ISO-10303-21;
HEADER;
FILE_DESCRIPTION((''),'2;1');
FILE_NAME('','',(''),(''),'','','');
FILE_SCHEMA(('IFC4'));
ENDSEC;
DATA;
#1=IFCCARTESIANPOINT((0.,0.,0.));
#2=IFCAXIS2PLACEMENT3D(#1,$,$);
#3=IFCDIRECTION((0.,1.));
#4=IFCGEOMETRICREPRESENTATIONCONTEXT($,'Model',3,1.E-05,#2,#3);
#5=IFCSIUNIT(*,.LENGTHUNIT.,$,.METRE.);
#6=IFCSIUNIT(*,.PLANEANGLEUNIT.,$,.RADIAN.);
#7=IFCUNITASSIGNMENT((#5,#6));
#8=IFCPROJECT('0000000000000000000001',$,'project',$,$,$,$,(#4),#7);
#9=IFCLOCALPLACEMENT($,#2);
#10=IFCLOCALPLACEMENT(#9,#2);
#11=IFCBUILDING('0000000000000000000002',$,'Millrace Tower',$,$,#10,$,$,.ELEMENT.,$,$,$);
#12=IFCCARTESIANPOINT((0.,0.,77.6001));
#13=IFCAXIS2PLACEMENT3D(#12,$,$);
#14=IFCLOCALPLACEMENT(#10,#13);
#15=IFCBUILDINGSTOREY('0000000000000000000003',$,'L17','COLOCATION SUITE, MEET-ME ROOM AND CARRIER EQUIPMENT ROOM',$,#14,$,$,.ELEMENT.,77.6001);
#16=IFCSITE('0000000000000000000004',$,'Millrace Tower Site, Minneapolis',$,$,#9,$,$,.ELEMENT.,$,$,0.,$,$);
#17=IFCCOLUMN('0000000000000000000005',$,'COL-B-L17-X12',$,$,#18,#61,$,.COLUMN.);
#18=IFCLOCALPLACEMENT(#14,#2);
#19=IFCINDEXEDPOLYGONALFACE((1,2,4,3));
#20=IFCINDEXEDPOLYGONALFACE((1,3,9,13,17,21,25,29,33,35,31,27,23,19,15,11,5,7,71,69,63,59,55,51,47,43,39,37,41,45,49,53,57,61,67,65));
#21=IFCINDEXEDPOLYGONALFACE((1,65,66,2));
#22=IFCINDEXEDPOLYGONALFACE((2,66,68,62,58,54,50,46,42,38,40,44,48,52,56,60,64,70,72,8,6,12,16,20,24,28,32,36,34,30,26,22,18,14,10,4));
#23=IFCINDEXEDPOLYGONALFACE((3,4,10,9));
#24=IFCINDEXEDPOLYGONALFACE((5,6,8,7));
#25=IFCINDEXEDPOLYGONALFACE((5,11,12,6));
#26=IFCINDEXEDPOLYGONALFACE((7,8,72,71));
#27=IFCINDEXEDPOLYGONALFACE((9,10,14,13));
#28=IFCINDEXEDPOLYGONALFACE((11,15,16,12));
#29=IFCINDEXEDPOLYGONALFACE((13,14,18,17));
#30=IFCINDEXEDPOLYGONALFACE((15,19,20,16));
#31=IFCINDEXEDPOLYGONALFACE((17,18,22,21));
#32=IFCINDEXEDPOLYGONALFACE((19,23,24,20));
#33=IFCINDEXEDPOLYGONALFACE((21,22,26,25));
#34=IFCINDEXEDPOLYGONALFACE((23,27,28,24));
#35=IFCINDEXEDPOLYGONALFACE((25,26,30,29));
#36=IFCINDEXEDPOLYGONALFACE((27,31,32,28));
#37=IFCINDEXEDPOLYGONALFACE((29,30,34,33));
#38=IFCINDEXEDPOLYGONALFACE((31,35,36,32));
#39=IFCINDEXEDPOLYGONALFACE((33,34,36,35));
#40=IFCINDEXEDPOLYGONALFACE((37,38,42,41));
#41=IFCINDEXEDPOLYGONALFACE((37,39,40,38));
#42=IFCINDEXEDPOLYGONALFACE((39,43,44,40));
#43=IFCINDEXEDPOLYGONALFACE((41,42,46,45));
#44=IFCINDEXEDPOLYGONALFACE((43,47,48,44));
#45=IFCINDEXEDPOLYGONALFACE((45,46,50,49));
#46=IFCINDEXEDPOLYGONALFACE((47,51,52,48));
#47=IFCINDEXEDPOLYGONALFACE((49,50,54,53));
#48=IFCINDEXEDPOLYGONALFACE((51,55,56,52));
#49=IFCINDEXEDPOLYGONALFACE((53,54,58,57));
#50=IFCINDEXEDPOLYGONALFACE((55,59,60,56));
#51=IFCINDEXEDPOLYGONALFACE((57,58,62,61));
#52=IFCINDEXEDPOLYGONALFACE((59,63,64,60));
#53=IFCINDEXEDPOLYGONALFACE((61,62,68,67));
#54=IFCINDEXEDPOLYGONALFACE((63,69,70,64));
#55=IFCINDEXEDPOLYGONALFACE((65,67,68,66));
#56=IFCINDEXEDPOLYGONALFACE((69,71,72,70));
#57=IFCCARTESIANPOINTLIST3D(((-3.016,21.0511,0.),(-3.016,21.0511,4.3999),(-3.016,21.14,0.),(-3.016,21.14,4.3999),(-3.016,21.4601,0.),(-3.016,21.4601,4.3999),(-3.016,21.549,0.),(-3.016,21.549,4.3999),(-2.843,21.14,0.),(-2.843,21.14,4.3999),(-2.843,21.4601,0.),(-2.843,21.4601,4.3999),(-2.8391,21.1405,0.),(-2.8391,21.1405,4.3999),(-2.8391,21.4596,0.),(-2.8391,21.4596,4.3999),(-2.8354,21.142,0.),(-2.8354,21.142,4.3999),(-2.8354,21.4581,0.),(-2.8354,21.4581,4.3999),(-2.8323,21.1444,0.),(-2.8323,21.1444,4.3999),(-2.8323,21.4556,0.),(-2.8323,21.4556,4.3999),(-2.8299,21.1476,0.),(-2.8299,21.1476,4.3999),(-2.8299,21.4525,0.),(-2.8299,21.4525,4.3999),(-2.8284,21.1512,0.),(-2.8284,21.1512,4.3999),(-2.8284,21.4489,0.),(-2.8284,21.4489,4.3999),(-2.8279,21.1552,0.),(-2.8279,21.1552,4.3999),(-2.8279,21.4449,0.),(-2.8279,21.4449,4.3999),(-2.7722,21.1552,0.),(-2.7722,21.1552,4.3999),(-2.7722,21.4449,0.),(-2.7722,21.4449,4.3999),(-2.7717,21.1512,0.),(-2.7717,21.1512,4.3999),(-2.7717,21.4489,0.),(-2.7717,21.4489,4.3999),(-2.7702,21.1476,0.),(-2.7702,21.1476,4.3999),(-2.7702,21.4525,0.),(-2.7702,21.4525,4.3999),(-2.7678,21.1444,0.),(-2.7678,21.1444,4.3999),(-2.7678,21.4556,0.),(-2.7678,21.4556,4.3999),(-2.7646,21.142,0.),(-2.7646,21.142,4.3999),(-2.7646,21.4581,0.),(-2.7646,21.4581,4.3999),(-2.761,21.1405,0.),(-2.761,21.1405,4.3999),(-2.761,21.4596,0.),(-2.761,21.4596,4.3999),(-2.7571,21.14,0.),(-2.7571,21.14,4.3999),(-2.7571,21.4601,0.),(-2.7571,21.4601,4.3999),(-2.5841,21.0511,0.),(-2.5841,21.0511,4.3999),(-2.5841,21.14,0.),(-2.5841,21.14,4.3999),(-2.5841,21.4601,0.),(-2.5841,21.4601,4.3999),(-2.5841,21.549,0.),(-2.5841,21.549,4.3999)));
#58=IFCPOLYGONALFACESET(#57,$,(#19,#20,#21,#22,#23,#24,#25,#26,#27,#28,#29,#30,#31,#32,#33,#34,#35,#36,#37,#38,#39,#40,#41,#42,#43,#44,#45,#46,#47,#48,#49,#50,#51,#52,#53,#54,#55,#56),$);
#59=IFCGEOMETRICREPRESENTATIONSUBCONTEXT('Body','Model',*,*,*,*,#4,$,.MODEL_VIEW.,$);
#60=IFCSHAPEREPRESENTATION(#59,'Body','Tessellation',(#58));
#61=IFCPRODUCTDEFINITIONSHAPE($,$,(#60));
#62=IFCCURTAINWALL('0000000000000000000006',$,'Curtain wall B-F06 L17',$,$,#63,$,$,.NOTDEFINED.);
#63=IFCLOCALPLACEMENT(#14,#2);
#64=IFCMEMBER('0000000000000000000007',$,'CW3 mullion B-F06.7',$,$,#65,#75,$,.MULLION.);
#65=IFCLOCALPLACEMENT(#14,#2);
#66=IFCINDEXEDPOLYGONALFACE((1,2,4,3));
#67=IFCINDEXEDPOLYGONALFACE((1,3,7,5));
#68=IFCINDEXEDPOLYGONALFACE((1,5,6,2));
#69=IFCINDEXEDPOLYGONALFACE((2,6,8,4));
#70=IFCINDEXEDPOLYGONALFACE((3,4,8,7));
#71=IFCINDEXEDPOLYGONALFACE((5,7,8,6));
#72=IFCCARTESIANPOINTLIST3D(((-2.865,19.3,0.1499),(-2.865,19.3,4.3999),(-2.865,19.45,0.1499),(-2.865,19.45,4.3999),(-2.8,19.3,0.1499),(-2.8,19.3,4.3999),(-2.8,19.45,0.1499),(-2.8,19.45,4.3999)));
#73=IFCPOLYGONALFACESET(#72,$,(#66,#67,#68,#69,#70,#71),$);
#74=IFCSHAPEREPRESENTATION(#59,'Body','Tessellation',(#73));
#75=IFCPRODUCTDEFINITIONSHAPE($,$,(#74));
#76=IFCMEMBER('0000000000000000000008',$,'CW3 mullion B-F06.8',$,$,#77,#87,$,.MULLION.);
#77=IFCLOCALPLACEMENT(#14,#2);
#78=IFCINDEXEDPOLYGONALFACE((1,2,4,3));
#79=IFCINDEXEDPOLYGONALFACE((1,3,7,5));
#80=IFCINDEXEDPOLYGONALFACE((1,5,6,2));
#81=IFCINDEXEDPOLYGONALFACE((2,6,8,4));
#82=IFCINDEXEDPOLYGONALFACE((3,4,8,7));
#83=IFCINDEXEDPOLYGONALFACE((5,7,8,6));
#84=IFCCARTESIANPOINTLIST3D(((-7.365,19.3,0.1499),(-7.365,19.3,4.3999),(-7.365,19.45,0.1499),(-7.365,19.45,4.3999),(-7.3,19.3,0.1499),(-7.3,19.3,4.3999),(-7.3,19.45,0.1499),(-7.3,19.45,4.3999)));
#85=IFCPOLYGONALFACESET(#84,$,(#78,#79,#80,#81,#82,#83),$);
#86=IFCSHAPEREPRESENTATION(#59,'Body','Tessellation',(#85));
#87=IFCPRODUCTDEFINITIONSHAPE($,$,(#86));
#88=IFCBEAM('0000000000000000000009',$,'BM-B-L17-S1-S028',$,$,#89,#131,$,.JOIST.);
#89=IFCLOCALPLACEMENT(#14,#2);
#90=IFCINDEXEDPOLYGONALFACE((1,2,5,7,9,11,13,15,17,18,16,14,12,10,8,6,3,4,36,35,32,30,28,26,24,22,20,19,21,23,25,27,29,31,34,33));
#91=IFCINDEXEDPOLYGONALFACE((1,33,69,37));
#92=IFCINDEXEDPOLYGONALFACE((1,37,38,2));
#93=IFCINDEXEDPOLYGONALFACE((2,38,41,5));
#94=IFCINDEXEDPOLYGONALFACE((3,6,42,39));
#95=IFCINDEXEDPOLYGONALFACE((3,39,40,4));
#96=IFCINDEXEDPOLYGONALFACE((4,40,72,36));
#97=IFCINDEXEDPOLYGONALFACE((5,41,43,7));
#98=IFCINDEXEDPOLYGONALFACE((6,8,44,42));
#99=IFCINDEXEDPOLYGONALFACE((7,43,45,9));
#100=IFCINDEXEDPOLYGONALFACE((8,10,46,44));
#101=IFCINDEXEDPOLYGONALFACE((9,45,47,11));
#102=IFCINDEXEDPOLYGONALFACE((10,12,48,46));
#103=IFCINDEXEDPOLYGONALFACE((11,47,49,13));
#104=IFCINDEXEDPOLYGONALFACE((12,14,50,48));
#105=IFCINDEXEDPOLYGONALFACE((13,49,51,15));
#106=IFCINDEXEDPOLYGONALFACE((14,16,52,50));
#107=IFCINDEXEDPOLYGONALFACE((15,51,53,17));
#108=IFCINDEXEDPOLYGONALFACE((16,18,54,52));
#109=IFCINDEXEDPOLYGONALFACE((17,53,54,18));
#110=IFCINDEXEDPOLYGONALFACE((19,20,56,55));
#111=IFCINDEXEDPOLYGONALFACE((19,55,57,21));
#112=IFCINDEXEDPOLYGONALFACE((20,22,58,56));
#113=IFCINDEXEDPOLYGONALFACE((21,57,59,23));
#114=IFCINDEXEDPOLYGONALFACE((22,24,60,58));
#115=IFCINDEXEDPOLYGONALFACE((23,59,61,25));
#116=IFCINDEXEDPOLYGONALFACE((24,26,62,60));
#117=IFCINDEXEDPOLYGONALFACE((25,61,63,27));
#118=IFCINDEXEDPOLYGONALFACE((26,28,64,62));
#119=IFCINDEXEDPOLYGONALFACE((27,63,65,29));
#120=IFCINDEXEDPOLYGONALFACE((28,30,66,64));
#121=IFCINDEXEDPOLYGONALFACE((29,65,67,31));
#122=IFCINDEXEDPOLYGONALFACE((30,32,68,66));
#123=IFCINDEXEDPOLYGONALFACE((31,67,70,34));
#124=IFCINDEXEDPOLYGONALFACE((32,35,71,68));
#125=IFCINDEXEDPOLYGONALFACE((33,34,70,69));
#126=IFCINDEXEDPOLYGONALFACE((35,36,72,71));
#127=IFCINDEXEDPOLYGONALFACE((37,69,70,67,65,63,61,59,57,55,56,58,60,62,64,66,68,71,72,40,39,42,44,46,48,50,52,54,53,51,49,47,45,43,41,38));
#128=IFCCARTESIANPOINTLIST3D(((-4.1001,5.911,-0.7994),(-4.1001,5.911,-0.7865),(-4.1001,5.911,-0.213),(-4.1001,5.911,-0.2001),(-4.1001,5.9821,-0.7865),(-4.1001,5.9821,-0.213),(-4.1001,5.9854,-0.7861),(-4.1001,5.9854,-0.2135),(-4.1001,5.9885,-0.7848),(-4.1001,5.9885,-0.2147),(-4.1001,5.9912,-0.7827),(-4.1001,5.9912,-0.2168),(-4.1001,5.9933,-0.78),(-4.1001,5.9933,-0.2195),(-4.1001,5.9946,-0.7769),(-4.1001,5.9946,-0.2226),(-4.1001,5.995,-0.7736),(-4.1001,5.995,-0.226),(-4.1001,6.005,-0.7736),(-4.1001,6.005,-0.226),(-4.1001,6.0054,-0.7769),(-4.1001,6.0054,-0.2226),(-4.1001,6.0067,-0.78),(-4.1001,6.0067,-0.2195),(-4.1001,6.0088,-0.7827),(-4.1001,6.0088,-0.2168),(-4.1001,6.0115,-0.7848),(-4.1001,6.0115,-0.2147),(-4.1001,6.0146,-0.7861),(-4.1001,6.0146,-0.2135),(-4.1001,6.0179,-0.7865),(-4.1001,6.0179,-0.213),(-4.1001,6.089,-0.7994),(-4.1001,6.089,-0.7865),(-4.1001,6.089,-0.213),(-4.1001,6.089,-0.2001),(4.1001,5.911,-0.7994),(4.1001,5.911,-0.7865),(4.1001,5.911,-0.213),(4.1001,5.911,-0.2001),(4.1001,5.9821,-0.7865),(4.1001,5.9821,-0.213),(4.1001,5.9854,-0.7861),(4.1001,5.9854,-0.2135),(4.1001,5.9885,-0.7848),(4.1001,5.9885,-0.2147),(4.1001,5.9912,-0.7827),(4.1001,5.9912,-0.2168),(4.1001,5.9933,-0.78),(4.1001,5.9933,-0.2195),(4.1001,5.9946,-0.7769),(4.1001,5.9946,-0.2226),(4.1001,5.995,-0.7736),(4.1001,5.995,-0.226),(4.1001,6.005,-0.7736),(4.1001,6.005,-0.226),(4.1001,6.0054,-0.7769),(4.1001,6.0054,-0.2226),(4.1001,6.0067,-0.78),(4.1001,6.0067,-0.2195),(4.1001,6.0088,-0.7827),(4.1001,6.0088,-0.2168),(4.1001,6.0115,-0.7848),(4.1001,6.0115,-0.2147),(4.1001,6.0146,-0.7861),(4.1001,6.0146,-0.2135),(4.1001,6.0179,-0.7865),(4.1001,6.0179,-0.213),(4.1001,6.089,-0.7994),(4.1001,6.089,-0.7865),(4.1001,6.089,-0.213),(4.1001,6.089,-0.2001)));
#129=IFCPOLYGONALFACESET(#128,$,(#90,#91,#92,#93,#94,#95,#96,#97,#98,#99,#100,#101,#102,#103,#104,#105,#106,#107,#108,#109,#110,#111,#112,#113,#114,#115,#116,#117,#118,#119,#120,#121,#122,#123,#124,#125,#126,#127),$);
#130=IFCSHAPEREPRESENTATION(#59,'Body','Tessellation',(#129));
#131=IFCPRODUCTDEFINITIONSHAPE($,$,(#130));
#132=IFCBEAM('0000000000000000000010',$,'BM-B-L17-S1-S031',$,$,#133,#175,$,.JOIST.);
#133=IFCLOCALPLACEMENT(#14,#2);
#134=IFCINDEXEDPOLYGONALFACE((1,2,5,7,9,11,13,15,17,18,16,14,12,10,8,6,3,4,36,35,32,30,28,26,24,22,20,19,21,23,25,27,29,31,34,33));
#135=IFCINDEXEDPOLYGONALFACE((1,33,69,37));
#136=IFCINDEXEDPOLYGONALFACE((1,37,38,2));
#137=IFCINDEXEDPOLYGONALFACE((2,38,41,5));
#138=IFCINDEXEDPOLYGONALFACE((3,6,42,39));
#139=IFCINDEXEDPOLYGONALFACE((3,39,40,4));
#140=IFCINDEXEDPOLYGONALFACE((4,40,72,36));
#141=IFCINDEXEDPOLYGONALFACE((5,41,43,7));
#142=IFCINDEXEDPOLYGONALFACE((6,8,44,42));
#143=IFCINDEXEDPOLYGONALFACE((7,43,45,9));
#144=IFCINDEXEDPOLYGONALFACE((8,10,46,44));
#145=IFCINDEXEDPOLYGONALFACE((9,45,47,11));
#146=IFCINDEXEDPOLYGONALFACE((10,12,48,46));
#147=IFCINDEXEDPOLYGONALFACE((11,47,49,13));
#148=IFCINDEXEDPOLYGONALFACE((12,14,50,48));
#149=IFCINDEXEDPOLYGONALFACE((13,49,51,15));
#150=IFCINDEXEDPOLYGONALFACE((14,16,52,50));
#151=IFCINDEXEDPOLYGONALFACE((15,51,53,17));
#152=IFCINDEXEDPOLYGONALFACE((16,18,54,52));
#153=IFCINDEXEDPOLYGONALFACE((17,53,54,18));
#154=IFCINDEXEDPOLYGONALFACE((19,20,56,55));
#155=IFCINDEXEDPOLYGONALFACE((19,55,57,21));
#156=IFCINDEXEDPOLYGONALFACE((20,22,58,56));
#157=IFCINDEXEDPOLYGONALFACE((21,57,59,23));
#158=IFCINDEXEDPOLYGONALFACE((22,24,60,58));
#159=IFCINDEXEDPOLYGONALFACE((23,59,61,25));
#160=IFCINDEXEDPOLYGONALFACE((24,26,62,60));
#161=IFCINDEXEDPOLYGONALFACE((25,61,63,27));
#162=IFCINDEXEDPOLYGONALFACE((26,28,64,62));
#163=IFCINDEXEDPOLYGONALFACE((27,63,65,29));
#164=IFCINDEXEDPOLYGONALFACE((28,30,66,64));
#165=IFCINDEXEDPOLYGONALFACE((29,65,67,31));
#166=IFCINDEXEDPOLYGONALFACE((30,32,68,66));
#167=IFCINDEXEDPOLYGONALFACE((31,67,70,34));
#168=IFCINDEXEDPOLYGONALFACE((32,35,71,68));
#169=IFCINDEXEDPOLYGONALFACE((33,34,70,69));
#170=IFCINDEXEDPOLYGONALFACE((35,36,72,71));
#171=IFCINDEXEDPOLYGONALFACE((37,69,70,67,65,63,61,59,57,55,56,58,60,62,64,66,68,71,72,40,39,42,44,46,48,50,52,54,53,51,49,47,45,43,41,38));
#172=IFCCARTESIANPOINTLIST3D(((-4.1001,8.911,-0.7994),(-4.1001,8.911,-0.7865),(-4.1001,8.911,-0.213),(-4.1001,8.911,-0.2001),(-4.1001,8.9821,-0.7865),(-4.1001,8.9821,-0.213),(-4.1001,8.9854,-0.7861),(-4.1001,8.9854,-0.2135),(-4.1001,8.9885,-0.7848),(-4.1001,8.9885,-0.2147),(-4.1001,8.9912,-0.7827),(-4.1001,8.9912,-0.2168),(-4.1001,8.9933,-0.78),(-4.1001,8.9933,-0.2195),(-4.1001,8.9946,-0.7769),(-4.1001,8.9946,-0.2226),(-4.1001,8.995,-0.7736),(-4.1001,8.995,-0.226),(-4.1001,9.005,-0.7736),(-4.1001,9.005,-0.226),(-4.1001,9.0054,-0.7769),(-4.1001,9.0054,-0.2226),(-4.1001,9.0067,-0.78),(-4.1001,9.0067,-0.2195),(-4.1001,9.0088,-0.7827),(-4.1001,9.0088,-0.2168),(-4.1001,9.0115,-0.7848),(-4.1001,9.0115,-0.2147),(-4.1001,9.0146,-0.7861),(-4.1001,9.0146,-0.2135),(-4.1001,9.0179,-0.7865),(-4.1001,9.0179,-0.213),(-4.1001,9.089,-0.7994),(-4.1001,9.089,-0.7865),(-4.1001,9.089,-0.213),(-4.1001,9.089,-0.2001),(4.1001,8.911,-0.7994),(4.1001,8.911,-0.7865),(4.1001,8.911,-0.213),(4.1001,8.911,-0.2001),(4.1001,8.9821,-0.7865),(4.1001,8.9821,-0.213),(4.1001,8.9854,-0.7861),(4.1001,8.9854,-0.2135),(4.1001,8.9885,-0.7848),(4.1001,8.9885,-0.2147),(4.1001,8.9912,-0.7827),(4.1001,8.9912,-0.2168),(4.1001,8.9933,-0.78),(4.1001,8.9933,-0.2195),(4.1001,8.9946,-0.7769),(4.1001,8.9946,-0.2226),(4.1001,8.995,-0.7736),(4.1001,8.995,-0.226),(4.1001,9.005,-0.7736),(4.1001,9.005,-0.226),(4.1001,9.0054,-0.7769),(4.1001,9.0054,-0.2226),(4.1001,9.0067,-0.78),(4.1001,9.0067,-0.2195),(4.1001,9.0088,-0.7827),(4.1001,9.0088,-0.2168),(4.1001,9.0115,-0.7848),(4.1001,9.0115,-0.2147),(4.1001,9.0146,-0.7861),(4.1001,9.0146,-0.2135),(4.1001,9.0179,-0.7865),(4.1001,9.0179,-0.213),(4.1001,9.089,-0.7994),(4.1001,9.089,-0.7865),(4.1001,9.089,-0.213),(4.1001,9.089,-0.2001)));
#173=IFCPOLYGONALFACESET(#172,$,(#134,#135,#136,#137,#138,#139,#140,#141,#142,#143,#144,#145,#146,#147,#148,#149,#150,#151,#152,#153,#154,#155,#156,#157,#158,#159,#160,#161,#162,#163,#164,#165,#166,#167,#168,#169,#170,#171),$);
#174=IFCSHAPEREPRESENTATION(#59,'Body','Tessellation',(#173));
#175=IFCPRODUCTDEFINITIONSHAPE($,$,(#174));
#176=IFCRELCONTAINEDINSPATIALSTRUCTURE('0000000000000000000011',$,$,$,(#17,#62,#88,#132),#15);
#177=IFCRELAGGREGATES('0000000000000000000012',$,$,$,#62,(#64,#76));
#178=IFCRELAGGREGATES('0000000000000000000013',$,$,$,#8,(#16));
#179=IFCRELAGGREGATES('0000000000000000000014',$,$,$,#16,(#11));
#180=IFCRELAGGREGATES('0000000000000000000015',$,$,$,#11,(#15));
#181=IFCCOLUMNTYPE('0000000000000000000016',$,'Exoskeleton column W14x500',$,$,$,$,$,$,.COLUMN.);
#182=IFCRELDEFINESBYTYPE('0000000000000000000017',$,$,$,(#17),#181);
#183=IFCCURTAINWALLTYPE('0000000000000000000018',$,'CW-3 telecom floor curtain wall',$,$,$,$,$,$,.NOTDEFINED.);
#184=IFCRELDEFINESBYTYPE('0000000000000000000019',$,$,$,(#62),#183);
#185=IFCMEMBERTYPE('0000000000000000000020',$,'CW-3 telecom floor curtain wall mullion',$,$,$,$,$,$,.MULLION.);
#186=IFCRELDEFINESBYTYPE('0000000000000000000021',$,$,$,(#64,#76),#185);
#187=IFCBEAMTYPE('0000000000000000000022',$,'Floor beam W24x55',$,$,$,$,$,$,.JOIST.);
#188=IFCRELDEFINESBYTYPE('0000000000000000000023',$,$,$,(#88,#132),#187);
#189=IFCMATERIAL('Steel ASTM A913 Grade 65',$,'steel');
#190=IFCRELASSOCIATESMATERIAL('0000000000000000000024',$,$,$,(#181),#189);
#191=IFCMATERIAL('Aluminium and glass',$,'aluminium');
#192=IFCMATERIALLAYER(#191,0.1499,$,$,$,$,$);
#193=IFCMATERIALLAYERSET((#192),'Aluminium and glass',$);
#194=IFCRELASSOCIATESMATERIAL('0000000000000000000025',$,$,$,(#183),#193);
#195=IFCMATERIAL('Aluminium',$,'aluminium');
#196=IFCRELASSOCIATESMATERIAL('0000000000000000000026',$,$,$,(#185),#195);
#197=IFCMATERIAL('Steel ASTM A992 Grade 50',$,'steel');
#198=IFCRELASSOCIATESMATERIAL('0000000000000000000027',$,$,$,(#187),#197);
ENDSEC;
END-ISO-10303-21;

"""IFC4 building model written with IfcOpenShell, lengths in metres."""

from ifc_helpers import new_model, si_unit, direction, frame, origin, origin_2d, place, context, subcontext, project, spatial, rectangle, i_section, extrude, material, layer, layer_set, material_profile, profile_set, type_object, element, aggregate, save


model = new_model("IFC4")

# Units and contexts
model_context = context("Model", 3, precision=1e-05, world=origin(), true_north=direction((0.0, 1.0)))
body_context = subcontext(model_context, "Body", "Model", "MODEL_VIEW")
ifc_project = project(units=[si_unit("LENGTHUNIT", "METRE"), si_unit("PLANEANGLEUNIT", "RADIAN")], contexts=[model_context])

# Site, building, storey
site_placement = place(None, origin())
site = spatial("IfcSite", under=ifc_project, at=site_placement, Name="Millrace Tower Site, Minneapolis", CompositionType="ELEMENT", RefElevation=0.0)
building_placement = place(site_placement, origin())
building = spatial("IfcBuilding", under=site, at=building_placement, Name="Millrace Tower", CompositionType="ELEMENT")
storey_placement = place(building_placement, frame((0.0, 0.0, 77.6001)))
storey = spatial("IfcBuildingStorey", under=building, at=storey_placement, Name="L17", Description="COLOCATION SUITE, MEET-ME ROOM AND CARRIER EQUIPMENT ROOM", CompositionType="ELEMENT", Elevation=77.6001)

# Column
ifc_material_1 = material(Name="Steel ASTM A913 Grade 65", Category="steel")
ifc_material_profile_1 = material_profile(ifc_material_1, i_section(OverallWidth=0.4319, OverallDepth=0.4978, WebThickness=0.0557, FlangeThickness=0.0889, FilletRadius=0.0151, at=origin_2d()))
ifc_profile_set_1 = profile_set([ifc_material_profile_1], Name="Steel ASTM A913 Grade 65")
column_type = type_object("IfcColumnType", Name="Exoskeleton column W14x500", PredefinedType="COLUMN", material=ifc_profile_set_1)
column_placement = place(storey_placement, frame((-2.8, 21.3, 0.0), z_axis=(0.0, 0.0, 1.0), x_axis=(-1.0, 0.0, 0.0)))
element("IfcColumn", 1, at=column_placement, inside=storey, type_object=column_type, Name="COL-B-L17-X12", PredefinedType="COLUMN", context=body_context, shape_type="SweptSolid", body=[
    extrude(i_section(OverallWidth=0.4319, OverallDepth=0.4978, WebThickness=0.0557, FlangeThickness=0.0889, FilletRadius=0.0151, at=origin_2d()), origin(), (0.0, 0.0, 1.0), 4.3999),
])

# Curtain wall, members
ifc_material_2 = material(Name="Aluminium and glass", Category="aluminium")
ifc_layer_1 = layer(ifc_material_2, 0.1499)
ifc_layer_set_1 = layer_set([ifc_layer_1], Name="Aluminium and glass")
curtain_wall_type = type_object("IfcCurtainWallType", Name="CW-3 telecom floor curtain wall", PredefinedType="NOTDEFINED", material=ifc_layer_set_1)
placement = place(storey_placement, origin())
curtain_wall = element("IfcCurtainWall", 2, at=placement, inside=storey, type_object=curtain_wall_type, Name="Curtain wall B-F06 L17", PredefinedType="NOTDEFINED")
ifc_material_3 = material(Name="Aluminium", Category="aluminium")
ifc_material_profile_2 = material_profile(ifc_material_3, rectangle(XDim=0.0649, YDim=0.1499, at=origin_2d()))
ifc_profile_set_2 = profile_set([ifc_material_profile_2], Name="Aluminium")
member_type = type_object("IfcMemberType", Name="CW-3 telecom floor curtain wall mullion", PredefinedType="MULLION", material=ifc_profile_set_2)
member_1_placement = place(storey_placement, frame((-2.8325, 19.375, 0.1499), z_axis=(0.0, 0.0, 1.0), x_axis=(-1.0, 0.0, 0.0)))
member_1 = element("IfcMember", 3, at=member_1_placement, type_object=member_type, Name="CW3 mullion B-F06.7", PredefinedType="MULLION", context=body_context, shape_type="SweptSolid", body=[
    extrude(rectangle(XDim=0.0649, YDim=0.1499, at=origin_2d()), origin(), (0.0, 0.0, 1.0), 4.25),
])
member_2_placement = place(storey_placement, frame((-7.3325, 19.375, 0.1499), z_axis=(0.0, 0.0, 1.0), x_axis=(-1.0, 0.0, 0.0)))
member_2 = element("IfcMember", 4, at=member_2_placement, type_object=member_type, Name="CW3 mullion B-F06.8", PredefinedType="MULLION", context=body_context, shape_type="SweptSolid", body=[
    extrude(rectangle(XDim=0.0649, YDim=0.1499, at=origin_2d()), origin(), (0.0, 0.0, 1.0), 4.25),
])
aggregate(curtain_wall, [member_1, member_2])

# Beams
ifc_material_4 = material(Name="Steel ASTM A992 Grade 50", Category="steel")
ifc_material_profile_3 = material_profile(ifc_material_4, i_section(OverallWidth=0.178, OverallDepth=0.5994, WebThickness=0.01, FlangeThickness=0.0129, FilletRadius=0.0129, at=origin_2d()))
ifc_profile_set_3 = profile_set([ifc_material_profile_3], Name="Steel ASTM A992 Grade 50")
beam_type_1 = type_object("IfcBeamType", Name="Floor beam W24x55", PredefinedType="JOIST", material=ifc_profile_set_3)
for number, where, z_axis, x_axis, name in (
    (5, (-4.1001, 6.0, -0.4998), (1.0, 0.0, 0.0), (0.0, 1.0, 0.0), "BM-B-L17-S1-S028"),
    (6, (-4.1001, 9.0, -0.4998), (1.0, 0.0, 0.0), (0.0, 1.0, 0.0), "BM-B-L17-S1-S031"),
):
    element("IfcBeam", number, at=place(storey_placement, frame(where, z_axis=z_axis, x_axis=x_axis)), inside=storey, type_object=beam_type_1, Name=name, PredefinedType="JOIST", context=body_context, shape_type="SweptSolid", body=[
        extrude(i_section(OverallWidth=0.178, OverallDepth=0.5994, WebThickness=0.01, FlangeThickness=0.0129, FilletRadius=0.0129, at=origin_2d()), origin(), (0.0, 0.0, 1.0), 8.2002),
    ])

save(model, "model.ifc")
